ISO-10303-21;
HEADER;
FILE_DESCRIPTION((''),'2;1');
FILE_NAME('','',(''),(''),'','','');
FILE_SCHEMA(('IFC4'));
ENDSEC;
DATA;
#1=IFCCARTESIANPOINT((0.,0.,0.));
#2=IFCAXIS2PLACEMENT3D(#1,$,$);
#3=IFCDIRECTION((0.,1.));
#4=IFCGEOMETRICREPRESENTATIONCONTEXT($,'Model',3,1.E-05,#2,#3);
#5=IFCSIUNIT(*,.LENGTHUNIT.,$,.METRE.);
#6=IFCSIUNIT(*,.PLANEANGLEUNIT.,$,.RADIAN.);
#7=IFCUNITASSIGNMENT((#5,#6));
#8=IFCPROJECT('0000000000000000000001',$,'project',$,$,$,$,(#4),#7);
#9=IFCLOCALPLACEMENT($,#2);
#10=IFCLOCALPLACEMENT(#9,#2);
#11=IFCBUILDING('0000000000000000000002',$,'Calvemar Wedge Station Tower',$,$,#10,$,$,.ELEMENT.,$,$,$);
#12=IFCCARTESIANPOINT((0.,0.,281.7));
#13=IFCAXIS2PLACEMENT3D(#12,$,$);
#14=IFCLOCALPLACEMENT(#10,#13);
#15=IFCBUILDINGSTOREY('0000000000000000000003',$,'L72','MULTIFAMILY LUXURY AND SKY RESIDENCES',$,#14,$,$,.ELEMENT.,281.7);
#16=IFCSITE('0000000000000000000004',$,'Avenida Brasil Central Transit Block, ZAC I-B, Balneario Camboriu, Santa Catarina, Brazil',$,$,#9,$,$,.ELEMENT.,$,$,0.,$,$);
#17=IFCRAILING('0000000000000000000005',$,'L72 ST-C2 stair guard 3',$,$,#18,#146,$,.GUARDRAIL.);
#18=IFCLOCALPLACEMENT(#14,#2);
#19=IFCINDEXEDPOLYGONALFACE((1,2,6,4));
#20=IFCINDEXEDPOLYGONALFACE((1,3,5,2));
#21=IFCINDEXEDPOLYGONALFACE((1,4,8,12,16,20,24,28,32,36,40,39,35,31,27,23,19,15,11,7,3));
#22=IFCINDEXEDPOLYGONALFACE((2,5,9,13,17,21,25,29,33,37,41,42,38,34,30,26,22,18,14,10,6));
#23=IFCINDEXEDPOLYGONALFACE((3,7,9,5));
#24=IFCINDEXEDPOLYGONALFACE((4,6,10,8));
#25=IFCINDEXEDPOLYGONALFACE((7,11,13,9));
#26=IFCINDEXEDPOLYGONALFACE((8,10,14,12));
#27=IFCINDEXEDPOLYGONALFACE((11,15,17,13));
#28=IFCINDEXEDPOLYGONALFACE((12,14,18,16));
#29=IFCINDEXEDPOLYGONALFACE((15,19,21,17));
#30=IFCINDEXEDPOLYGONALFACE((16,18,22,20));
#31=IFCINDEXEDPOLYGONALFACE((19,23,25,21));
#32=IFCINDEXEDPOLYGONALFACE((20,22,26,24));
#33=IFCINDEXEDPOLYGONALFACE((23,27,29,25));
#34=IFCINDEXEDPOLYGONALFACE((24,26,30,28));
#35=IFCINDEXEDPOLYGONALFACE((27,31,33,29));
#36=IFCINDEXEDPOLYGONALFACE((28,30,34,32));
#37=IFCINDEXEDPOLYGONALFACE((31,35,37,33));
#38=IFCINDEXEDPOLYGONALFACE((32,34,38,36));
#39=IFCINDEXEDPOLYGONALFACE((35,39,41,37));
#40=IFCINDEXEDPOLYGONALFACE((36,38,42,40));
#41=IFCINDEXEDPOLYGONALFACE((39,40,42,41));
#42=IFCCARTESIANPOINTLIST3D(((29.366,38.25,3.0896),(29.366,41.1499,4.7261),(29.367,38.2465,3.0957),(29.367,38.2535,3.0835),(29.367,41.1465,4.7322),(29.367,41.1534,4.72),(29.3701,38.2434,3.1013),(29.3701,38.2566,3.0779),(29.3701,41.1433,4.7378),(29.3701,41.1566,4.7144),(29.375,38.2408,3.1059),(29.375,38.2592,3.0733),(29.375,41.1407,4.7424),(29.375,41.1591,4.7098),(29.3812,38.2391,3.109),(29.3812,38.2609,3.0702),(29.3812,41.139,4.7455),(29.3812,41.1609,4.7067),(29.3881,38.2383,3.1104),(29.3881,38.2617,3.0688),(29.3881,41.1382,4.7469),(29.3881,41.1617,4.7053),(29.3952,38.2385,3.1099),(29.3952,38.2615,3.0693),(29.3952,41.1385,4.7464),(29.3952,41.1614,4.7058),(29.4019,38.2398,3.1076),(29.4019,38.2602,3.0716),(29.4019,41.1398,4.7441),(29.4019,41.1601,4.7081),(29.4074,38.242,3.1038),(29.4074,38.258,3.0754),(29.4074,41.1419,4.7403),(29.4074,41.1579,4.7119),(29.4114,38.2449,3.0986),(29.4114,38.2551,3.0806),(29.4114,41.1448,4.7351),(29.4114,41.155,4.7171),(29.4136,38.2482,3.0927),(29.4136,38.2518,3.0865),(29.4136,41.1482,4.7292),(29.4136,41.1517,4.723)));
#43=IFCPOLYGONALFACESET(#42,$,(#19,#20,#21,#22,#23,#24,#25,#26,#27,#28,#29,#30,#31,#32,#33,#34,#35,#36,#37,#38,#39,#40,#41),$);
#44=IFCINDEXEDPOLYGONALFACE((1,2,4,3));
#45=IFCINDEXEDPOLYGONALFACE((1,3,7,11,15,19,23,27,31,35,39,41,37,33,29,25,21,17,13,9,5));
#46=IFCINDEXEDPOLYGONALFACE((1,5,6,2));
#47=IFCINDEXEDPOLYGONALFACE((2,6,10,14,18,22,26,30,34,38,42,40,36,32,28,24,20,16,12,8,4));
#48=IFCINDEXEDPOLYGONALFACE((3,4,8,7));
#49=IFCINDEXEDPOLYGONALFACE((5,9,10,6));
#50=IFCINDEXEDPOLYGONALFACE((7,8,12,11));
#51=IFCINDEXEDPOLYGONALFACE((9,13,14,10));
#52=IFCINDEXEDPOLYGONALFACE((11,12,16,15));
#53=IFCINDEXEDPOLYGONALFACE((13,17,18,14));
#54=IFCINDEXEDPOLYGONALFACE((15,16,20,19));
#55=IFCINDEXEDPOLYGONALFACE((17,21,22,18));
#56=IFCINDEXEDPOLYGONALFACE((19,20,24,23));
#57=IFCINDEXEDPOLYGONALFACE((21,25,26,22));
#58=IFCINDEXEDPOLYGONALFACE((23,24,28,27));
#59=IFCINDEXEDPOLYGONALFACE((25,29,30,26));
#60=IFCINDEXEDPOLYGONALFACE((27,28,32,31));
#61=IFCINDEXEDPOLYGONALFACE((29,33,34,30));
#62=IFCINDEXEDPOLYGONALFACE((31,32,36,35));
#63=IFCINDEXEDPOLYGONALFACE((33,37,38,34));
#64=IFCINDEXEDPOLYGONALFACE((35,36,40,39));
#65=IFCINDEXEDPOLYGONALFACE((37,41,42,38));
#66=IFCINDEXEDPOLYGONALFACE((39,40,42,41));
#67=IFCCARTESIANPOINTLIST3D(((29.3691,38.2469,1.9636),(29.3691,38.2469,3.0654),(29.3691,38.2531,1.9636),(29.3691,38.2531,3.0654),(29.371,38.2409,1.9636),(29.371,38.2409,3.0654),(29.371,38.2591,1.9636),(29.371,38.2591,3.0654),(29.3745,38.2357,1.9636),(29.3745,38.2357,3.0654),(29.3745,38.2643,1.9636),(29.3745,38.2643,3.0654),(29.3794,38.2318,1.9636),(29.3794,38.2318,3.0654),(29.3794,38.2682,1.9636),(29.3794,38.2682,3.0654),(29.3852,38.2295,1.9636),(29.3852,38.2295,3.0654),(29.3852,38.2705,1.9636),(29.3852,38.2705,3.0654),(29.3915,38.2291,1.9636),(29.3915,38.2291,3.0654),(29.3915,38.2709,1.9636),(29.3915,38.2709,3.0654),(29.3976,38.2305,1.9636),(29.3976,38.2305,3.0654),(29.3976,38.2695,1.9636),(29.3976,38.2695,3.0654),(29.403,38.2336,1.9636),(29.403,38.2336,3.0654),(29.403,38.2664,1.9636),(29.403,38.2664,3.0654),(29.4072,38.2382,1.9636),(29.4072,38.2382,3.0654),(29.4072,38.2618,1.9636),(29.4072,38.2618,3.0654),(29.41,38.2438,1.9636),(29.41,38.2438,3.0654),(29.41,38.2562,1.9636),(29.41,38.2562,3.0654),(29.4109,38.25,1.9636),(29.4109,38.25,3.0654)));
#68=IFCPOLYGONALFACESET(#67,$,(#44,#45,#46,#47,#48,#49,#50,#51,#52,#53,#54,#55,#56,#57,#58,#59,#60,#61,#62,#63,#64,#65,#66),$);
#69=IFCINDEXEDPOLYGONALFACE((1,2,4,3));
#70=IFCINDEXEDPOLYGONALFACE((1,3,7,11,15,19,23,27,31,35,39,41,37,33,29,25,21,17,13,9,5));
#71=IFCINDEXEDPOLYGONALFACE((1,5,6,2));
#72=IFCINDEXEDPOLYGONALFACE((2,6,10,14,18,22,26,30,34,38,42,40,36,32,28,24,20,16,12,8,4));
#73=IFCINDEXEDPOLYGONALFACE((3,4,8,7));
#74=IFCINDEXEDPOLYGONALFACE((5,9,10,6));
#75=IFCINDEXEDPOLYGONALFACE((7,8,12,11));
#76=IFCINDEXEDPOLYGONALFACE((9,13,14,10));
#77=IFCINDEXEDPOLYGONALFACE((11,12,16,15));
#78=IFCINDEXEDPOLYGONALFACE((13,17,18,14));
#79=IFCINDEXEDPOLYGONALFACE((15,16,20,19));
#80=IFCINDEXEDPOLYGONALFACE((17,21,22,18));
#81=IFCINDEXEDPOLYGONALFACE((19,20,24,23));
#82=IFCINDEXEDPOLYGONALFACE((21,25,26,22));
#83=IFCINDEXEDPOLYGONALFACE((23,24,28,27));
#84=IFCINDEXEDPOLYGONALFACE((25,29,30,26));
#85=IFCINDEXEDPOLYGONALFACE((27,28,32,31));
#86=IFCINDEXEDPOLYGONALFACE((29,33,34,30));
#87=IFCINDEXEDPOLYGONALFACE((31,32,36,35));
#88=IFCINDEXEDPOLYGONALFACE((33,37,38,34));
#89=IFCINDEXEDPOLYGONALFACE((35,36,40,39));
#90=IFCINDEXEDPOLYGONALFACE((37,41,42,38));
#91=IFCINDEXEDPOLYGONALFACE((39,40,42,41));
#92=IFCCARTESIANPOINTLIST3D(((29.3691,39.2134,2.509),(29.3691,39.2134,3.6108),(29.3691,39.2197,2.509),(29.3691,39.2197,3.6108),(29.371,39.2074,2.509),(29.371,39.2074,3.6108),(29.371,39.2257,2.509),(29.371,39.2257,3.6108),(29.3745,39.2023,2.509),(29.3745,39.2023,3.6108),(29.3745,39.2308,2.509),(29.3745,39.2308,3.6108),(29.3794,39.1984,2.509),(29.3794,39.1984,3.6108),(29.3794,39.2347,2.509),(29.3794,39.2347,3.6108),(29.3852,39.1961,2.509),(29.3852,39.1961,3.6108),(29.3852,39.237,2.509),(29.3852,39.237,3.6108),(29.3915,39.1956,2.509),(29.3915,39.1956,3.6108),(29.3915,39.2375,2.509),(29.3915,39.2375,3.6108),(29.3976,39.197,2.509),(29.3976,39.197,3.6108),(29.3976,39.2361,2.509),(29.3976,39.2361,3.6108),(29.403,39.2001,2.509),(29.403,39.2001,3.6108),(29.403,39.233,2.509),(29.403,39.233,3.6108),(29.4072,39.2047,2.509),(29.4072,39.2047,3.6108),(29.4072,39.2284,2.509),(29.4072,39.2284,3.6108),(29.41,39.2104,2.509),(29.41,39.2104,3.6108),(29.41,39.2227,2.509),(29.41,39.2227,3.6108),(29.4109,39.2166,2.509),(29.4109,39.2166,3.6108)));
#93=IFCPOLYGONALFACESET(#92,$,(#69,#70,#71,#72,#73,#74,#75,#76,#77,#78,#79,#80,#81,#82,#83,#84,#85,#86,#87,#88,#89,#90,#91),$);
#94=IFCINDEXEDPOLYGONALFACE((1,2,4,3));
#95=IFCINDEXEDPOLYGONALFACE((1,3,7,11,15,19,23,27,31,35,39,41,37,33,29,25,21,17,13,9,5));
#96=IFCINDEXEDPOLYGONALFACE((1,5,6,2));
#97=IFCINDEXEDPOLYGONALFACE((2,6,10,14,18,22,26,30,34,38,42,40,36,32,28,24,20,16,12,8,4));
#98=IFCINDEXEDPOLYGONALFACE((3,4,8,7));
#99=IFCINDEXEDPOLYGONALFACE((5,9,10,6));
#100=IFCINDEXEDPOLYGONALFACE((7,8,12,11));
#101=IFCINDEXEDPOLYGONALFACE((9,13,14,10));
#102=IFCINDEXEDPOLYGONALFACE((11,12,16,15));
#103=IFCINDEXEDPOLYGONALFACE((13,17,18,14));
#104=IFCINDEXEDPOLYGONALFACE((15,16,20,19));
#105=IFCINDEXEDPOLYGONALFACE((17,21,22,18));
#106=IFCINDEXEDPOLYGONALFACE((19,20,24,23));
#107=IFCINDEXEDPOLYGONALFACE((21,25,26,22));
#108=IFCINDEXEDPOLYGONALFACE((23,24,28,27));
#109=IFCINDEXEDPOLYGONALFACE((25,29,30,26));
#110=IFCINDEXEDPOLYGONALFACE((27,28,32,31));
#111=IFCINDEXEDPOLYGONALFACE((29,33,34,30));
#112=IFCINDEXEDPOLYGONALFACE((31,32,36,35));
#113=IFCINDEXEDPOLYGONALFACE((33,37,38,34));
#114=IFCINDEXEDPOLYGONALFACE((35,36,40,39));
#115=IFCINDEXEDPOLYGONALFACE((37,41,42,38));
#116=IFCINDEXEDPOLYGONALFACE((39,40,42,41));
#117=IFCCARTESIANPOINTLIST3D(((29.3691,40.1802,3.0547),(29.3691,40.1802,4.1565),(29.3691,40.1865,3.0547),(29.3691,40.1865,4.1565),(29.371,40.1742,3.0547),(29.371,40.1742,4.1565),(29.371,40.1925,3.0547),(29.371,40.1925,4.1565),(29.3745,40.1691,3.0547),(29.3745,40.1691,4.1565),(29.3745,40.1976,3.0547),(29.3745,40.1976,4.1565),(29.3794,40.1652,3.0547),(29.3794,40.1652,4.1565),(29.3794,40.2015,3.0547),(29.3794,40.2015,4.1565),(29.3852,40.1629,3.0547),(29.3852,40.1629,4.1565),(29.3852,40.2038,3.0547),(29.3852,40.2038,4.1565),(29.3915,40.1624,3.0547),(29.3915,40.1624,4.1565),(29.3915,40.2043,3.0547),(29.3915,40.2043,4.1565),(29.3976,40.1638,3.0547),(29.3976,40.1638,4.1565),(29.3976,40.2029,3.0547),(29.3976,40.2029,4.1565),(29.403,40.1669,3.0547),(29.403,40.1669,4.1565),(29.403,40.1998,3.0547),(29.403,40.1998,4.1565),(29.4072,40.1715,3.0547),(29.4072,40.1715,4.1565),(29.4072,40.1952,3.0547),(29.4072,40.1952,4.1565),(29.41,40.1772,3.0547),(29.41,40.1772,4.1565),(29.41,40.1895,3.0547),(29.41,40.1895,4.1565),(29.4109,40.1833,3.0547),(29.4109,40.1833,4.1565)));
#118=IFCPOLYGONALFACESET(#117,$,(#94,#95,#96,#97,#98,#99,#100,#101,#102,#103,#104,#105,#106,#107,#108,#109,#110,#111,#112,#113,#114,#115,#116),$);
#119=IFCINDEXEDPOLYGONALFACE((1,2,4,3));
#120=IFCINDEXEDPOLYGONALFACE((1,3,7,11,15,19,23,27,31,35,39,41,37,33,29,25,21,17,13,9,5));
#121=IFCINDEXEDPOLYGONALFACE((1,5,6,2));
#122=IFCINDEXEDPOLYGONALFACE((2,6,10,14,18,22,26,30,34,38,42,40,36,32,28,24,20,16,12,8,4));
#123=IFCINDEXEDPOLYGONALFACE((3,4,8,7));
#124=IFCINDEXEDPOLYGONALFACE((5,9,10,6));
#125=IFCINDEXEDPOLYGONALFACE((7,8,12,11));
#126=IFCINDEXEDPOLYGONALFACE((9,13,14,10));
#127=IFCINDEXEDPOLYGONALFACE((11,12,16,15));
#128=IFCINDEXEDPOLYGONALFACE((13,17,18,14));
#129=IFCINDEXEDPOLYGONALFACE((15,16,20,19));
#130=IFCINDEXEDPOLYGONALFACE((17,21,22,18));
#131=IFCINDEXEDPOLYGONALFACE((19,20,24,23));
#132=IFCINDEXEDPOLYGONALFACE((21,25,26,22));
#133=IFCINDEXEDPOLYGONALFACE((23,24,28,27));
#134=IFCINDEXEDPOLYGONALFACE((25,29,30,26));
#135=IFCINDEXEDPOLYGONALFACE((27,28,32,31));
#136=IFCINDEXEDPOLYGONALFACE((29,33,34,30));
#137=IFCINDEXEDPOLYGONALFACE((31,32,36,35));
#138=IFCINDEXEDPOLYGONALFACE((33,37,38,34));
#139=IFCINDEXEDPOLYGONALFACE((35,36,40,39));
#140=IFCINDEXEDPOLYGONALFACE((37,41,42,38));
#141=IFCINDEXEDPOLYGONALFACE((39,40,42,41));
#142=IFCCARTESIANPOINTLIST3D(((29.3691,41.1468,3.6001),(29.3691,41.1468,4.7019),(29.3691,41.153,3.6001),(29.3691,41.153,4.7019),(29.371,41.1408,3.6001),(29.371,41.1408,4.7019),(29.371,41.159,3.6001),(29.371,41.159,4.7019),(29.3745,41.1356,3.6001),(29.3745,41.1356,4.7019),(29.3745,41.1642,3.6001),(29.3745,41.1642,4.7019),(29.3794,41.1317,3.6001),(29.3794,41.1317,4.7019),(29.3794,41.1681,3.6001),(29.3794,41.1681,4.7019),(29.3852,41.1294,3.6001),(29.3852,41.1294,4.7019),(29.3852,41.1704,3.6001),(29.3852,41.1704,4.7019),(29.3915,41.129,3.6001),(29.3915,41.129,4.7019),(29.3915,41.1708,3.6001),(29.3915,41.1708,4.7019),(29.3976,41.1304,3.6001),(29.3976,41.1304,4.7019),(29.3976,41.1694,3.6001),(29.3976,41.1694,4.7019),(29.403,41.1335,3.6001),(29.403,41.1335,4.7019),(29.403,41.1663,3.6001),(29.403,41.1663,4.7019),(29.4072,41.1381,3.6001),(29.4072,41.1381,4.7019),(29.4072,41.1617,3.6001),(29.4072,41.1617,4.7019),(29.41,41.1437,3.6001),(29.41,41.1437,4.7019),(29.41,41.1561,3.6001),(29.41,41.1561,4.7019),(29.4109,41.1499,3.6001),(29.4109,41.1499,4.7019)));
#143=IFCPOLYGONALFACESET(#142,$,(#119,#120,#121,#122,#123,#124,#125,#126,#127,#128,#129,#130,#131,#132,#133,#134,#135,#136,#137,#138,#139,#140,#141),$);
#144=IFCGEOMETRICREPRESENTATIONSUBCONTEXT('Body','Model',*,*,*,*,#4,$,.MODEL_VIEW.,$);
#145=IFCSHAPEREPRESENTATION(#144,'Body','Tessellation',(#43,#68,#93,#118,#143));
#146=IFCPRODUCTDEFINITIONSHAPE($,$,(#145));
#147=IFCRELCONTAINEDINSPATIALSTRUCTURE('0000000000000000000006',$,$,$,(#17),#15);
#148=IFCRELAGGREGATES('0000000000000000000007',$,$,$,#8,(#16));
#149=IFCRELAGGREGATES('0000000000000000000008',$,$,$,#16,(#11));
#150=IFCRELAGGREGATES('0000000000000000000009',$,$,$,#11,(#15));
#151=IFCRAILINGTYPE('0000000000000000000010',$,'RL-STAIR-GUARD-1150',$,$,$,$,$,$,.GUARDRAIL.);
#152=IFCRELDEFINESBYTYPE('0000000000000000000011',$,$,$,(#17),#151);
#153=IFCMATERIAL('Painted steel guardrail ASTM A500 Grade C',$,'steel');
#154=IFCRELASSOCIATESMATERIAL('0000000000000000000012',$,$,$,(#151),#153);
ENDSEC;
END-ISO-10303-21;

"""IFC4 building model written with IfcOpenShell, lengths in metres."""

from ifc_helpers import new_model, si_unit, direction, frame, origin, origin_2d, place, context, subcontext, project, spatial, circle, extrude, material, type_object, element, save


model = new_model("IFC4")

# Units and contexts
model_context = context("Model", 3, precision=1e-05, world=origin(), true_north=direction((0.0, 1.0)))
body_context = subcontext(model_context, "Body", "Model", "MODEL_VIEW")
ifc_project = project(units=[si_unit("LENGTHUNIT", "METRE"), si_unit("PLANEANGLEUNIT", "RADIAN")], contexts=[model_context])

# Site, building, storey
site_placement = place(None, origin())
site = spatial("IfcSite", under=ifc_project, at=site_placement, Name="Avenida Brasil Central Transit Block, ZAC I-B, Balneario Camboriu, Santa Catarina, Brazil", CompositionType="ELEMENT", RefElevation=0.0)
building_placement = place(site_placement, origin())
building = spatial("IfcBuilding", under=site, at=building_placement, Name="Calvemar Wedge Station Tower", CompositionType="ELEMENT")
storey_placement = place(building_placement, frame((0.0, 0.0, 281.7)))
storey = spatial("IfcBuildingStorey", under=building, at=storey_placement, Name="L72", Description="MULTIFAMILY LUXURY AND SKY RESIDENCES", CompositionType="ELEMENT", Elevation=281.7)

# Railing
ifc_material_1 = material(Name="Painted steel guardrail ASTM A500 Grade C", Category="steel")
railing_type_1 = type_object("IfcRailingType", Name="RL-STAIR-GUARD-1150", PredefinedType="GUARDRAIL", material=ifc_material_1)
railing_1_placement = place(storey_placement, frame((29.3899, 38.25, 1.9636)))
element("IfcRailing", 1, at=railing_1_placement, inside=storey, type_object=railing_type_1, Name="L72 ST-C2 stair guard 3", PredefinedType="GUARDRAIL", context=body_context, shape_type="SweptSolid", body=[
    extrude(circle(Radius=0.0239, at=origin_2d()), frame((0.0, 0.0, 1.126), z_axis=(0.0, 0.870897, 0.491465), x_axis=(-1.0, 0.0, 0.0)), (0.0, 0.0, 1.0), 3.3298),
    extrude(circle(Radius=0.021, at=origin_2d()), origin(), (0.0, 0.0, 1.0), 1.1018),
    extrude(circle(Radius=0.021, at=origin_2d()), frame((0.0, 0.9666, 0.5454)), (0.0, 0.0, 1.0), 1.1018),
    extrude(circle(Radius=0.021, at=origin_2d()), frame((0.0, 1.9333, 1.0911)), (0.0, 0.0, 1.0), 1.1018),
    extrude(circle(Radius=0.021, at=origin_2d()), frame((0.0, 2.8999, 1.6365)), (0.0, 0.0, 1.0), 1.1018),
])

save(model, "model.ifc")
